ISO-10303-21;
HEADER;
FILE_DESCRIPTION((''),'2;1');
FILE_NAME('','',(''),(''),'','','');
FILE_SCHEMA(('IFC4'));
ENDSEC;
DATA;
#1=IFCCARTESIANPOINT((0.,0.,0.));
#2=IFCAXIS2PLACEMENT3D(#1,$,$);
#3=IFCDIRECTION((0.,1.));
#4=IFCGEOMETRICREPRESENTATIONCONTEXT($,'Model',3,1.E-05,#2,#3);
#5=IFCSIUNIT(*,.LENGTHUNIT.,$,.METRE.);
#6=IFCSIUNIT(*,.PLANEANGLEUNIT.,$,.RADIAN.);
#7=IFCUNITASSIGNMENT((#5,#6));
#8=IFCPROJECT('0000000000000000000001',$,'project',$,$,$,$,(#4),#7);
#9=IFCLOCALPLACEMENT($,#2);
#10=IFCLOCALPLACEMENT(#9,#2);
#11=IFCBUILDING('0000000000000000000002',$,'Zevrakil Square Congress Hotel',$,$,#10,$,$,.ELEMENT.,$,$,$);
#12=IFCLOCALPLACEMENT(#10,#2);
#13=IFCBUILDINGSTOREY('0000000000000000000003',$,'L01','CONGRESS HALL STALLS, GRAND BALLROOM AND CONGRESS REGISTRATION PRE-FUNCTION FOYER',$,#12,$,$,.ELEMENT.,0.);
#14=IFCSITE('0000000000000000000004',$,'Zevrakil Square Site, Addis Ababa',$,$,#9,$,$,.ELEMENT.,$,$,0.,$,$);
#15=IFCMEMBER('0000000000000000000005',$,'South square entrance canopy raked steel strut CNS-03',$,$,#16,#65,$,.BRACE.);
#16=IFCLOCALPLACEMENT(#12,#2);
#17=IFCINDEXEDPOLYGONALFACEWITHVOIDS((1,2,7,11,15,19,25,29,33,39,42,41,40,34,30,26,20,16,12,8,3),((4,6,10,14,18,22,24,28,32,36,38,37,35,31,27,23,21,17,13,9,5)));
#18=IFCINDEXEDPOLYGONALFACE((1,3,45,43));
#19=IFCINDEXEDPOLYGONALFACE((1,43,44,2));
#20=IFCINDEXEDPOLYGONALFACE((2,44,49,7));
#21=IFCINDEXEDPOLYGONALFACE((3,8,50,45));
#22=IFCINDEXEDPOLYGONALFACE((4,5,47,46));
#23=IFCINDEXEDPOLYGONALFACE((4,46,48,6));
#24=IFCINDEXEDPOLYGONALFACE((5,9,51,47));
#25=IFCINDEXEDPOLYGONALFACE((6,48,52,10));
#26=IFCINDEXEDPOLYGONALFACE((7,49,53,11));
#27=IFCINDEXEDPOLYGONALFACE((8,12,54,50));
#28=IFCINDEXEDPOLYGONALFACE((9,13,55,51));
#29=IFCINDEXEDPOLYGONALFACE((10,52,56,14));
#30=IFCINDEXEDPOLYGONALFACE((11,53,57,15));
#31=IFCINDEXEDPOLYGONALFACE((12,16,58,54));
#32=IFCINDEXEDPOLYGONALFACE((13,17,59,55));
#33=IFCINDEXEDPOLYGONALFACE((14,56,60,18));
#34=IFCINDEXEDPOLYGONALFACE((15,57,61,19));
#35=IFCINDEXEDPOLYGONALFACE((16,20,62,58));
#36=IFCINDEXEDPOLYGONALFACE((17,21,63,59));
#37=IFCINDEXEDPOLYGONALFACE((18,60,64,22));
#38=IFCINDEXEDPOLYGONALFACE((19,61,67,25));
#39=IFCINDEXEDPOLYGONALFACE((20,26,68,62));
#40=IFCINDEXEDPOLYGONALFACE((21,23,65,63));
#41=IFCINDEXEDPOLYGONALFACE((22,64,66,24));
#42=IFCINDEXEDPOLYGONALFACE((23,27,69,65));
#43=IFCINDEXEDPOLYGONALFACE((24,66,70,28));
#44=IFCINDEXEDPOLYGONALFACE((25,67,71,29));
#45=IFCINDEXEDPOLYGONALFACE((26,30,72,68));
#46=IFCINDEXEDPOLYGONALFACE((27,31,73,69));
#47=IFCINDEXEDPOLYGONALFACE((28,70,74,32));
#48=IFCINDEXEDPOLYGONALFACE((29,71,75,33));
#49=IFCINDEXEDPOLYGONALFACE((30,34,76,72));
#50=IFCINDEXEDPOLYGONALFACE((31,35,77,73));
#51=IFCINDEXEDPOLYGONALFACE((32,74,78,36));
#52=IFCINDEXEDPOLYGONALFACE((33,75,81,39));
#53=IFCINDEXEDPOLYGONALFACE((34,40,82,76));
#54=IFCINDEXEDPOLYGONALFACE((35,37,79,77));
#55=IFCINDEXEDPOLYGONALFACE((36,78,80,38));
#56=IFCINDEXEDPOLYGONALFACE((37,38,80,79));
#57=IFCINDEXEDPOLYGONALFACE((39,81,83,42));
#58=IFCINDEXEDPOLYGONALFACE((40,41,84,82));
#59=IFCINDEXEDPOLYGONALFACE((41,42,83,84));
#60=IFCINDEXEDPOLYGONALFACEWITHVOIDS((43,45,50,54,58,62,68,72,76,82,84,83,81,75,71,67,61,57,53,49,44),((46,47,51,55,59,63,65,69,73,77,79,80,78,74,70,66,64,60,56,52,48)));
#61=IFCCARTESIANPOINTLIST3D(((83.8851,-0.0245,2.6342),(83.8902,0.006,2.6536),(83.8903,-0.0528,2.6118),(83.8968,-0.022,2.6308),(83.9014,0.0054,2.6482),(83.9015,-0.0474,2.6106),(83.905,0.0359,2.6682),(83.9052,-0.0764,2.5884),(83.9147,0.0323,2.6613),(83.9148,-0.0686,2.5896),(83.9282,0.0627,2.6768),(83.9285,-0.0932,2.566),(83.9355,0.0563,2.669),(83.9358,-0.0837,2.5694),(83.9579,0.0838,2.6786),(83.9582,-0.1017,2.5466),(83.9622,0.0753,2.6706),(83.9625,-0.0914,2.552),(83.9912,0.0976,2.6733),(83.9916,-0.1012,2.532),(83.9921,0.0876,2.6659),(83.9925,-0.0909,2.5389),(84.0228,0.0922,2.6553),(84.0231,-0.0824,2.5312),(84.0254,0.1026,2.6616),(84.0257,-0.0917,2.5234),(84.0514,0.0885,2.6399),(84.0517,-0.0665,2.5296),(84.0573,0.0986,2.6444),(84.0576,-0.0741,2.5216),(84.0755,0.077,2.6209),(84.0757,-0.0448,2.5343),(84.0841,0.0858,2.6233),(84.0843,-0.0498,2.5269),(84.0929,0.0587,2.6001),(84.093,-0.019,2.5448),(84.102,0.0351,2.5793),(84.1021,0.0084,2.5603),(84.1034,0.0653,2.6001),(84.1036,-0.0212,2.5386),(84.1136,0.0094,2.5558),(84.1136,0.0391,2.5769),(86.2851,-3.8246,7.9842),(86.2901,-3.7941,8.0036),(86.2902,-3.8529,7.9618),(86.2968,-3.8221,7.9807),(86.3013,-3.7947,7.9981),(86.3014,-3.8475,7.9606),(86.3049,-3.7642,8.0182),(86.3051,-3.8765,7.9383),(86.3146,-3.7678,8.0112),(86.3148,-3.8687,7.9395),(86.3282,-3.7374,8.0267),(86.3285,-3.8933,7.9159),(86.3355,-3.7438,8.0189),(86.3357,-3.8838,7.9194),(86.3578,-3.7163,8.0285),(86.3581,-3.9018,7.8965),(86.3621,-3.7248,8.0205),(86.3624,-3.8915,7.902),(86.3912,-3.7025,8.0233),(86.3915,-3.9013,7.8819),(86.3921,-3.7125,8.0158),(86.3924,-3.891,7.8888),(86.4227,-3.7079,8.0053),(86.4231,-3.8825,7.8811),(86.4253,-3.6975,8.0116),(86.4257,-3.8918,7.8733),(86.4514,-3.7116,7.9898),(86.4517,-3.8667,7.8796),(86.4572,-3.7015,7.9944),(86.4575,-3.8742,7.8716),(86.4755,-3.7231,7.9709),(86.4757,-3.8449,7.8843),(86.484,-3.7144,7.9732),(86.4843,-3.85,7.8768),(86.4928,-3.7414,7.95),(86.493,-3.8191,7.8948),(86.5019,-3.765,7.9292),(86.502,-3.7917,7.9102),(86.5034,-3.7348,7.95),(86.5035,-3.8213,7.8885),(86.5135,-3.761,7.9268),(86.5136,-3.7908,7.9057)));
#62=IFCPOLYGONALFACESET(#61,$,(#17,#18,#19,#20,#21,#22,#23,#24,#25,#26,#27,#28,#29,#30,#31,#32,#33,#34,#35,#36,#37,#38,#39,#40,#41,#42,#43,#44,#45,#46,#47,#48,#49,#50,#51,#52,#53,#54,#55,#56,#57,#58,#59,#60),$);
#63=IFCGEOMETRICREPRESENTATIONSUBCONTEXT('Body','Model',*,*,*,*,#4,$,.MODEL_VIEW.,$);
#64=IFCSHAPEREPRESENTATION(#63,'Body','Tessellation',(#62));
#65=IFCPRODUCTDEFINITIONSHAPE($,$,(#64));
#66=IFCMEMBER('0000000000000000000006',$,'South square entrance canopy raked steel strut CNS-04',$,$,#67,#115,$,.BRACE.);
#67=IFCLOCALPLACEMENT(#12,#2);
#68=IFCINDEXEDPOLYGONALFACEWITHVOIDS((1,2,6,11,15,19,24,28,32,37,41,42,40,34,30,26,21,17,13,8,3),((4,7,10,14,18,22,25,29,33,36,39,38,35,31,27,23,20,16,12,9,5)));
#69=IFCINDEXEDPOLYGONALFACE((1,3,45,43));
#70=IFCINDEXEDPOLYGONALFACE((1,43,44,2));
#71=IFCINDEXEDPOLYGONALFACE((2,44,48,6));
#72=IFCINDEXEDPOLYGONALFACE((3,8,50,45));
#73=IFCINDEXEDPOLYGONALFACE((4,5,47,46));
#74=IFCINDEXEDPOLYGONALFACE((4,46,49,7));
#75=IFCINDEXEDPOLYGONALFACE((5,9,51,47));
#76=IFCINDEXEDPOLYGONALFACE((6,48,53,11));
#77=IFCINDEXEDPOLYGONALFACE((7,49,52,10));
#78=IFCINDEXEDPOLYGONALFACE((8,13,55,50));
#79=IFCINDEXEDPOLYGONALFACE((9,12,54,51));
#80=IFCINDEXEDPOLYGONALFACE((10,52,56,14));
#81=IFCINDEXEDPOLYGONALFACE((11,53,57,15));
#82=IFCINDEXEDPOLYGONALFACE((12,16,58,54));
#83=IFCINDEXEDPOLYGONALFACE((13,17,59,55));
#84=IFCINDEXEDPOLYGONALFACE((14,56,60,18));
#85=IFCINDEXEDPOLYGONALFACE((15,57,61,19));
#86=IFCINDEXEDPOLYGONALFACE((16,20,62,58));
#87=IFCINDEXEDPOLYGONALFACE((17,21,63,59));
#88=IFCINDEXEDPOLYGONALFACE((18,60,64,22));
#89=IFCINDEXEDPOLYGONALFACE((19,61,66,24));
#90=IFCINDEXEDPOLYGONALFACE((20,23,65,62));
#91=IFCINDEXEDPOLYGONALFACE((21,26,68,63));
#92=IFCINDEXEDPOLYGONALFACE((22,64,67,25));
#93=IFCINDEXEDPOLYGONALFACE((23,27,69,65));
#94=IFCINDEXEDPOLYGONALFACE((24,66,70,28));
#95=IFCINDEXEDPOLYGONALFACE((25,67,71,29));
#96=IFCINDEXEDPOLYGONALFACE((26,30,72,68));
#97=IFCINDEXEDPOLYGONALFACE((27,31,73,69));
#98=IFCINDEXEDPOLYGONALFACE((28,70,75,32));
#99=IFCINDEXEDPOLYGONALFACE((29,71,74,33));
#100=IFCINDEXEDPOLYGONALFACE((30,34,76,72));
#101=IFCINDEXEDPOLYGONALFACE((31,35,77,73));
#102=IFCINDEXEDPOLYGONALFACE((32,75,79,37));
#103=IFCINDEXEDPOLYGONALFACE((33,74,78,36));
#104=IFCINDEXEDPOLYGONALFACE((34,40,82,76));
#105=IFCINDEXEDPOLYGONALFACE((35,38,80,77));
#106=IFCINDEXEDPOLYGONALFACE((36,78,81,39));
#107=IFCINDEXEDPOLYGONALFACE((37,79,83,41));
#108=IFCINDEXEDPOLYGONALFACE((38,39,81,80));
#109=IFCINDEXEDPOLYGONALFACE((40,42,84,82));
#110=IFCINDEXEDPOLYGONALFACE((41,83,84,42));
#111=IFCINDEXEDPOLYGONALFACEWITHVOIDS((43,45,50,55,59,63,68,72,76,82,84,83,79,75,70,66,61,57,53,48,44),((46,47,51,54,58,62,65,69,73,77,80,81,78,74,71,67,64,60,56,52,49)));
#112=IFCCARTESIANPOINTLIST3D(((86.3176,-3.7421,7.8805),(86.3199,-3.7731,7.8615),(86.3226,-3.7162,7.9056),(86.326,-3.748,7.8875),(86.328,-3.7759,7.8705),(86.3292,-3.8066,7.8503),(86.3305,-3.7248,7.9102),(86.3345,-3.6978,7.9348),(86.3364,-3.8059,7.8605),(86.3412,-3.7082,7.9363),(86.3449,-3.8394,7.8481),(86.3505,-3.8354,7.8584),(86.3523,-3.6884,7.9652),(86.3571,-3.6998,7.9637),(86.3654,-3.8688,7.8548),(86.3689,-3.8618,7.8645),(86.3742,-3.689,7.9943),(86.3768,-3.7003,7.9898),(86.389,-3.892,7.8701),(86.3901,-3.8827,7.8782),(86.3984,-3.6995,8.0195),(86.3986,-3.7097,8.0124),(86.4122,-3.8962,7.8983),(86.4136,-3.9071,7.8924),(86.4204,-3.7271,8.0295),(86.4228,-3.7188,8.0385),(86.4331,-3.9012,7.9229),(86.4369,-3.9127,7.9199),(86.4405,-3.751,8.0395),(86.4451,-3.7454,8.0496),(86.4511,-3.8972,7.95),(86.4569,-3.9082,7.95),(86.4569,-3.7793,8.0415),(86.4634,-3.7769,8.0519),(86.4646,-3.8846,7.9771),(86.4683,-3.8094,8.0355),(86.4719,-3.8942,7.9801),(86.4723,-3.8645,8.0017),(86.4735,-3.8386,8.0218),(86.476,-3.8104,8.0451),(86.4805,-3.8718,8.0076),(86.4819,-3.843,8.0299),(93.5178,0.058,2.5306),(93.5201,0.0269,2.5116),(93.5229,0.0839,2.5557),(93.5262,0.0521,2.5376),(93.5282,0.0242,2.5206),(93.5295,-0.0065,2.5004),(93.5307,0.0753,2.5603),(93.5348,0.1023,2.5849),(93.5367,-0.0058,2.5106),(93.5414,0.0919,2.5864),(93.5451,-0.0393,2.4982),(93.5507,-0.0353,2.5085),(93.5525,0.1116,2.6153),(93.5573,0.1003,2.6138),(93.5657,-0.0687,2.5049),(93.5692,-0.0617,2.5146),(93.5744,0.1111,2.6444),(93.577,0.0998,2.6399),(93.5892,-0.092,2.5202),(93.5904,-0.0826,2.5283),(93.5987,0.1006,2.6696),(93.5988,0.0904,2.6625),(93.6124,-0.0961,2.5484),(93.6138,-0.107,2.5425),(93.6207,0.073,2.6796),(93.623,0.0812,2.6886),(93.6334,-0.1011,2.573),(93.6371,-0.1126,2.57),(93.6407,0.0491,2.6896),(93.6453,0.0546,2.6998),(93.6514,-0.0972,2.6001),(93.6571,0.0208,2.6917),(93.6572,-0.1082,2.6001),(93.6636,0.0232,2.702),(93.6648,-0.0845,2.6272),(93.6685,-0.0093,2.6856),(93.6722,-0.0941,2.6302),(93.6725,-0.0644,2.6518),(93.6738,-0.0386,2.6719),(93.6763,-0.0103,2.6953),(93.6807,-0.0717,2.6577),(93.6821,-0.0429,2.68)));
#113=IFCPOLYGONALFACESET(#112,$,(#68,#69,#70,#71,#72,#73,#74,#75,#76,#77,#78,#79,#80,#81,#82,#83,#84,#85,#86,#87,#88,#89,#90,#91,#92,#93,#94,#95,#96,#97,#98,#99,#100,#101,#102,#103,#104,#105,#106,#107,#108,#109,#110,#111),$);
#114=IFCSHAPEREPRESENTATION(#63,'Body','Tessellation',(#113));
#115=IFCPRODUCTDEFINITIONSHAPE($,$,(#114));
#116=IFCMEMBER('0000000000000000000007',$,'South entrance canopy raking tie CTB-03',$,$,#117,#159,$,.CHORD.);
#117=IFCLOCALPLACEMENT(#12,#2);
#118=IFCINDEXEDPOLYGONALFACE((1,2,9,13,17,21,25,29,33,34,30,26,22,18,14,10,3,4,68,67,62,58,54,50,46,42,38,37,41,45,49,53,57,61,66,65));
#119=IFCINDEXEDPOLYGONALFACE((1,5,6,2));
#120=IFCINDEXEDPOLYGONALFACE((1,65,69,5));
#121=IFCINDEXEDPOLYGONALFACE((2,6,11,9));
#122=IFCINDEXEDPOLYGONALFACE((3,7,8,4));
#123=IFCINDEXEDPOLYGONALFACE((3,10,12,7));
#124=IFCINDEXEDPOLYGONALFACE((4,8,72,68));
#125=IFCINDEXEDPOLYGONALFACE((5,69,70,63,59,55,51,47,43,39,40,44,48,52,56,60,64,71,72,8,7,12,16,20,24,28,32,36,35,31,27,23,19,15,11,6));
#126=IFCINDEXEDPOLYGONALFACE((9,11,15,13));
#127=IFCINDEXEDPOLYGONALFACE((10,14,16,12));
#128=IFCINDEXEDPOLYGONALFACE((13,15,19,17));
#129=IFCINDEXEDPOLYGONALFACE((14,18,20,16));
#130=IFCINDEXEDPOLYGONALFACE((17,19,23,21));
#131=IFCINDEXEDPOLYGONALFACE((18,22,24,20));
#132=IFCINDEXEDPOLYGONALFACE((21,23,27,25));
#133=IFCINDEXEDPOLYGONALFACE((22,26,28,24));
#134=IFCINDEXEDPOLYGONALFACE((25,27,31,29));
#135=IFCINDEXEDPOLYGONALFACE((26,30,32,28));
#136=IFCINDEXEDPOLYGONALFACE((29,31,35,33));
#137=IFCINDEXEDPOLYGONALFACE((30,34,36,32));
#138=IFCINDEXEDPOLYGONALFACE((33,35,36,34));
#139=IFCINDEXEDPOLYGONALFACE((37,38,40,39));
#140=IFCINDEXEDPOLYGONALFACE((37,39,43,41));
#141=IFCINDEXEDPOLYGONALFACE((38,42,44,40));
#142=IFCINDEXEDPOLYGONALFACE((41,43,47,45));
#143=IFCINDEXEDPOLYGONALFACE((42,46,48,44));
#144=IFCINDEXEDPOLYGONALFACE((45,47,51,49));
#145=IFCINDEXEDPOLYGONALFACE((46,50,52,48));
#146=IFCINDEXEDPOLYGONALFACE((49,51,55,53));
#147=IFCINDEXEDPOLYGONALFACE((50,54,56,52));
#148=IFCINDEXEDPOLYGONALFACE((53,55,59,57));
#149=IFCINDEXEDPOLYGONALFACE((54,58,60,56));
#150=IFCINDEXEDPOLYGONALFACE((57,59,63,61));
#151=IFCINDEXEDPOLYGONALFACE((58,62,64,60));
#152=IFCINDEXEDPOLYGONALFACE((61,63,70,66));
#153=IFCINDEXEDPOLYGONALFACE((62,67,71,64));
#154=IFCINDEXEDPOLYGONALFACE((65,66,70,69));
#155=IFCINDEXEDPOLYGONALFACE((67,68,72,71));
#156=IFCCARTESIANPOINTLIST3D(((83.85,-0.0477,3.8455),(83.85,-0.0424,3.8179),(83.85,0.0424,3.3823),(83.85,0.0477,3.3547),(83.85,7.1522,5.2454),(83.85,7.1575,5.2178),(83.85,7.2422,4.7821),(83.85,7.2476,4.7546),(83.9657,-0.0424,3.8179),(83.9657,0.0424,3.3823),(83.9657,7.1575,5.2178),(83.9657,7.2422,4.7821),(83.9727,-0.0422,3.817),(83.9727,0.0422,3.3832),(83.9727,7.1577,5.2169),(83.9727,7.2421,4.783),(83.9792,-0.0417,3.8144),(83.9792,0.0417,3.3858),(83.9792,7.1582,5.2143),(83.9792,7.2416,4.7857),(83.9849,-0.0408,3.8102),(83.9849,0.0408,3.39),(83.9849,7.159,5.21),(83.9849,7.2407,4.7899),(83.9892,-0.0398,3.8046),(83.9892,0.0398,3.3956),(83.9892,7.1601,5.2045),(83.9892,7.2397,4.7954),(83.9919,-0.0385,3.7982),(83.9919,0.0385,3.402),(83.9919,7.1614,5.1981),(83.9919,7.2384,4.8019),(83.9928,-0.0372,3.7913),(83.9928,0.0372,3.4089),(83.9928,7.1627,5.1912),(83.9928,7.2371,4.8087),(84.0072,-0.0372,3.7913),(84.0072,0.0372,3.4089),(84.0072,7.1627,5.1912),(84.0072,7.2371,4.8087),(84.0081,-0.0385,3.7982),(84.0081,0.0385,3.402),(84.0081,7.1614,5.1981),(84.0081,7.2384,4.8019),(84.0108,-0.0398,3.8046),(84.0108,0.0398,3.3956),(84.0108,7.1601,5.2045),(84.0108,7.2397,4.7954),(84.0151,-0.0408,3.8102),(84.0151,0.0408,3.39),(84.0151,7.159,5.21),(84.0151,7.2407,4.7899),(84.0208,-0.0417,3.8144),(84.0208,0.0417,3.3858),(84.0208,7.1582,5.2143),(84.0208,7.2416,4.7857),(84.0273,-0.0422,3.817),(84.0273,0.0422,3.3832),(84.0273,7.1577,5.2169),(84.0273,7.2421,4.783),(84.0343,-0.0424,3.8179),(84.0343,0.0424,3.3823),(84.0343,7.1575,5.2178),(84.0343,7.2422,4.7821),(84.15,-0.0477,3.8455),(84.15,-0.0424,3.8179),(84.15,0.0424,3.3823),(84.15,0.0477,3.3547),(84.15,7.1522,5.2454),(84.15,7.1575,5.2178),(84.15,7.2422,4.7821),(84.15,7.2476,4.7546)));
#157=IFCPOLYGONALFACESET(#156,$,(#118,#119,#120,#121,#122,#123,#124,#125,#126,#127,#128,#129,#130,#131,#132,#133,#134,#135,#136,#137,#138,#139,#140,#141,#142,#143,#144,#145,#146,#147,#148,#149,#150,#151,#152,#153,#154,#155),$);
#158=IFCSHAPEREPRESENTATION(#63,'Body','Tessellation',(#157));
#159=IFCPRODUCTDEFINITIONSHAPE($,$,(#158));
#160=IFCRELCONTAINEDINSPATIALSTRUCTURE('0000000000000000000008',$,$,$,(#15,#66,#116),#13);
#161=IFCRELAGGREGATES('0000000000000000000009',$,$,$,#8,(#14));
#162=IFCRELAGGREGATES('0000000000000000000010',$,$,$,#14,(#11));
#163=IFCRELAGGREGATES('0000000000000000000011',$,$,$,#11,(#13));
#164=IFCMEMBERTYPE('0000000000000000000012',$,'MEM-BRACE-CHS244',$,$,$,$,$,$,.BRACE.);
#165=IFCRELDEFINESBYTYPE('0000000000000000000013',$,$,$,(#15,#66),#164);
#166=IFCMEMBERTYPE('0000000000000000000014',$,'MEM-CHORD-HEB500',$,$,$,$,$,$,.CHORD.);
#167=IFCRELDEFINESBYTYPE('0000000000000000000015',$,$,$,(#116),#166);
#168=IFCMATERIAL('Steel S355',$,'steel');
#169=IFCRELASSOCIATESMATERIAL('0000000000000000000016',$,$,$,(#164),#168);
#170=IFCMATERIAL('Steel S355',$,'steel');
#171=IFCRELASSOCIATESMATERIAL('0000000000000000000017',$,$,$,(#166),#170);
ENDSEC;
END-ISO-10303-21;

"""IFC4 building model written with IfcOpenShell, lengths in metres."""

from ifc_helpers import new_model, si_unit, direction, frame, origin, origin_2d, place, context, subcontext, project, spatial, hollow_circle, i_section, extrude, material, material_profile, profile_set, type_object, element, save


model = new_model("IFC4")

# Units and contexts
model_context = context("Model", 3, precision=1e-05, world=origin(), true_north=direction((0.0, 1.0)))
body_context = subcontext(model_context, "Body", "Model", "MODEL_VIEW")
ifc_project = project(units=[si_unit("LENGTHUNIT", "METRE"), si_unit("PLANEANGLEUNIT", "RADIAN")], contexts=[model_context])

# Site, building, storey
site_placement = place(None, origin())
site = spatial("IfcSite", under=ifc_project, at=site_placement, Name="Zevrakil Square Site, Addis Ababa", CompositionType="ELEMENT", RefElevation=0.0)
building_placement = place(site_placement, origin())
building = spatial("IfcBuilding", under=site, at=building_placement, Name="Zevrakil Square Congress Hotel", CompositionType="ELEMENT")
storey_placement = place(building_placement, origin())
storey = spatial("IfcBuildingStorey", under=building, at=storey_placement, Name="L01", Description="CONGRESS HALL STALLS, GRAND BALLROOM AND CONGRESS REGISTRATION PRE-FUNCTION FOYER", CompositionType="ELEMENT", Elevation=0.0)

# Members
ifc_material_1 = material(Name="Steel S355", Category="steel")
ifc_material_profile_1 = material_profile(ifc_material_1, hollow_circle(Radius=0.1223, WallThickness=0.0125, at=origin_2d()), Name="CHS 244.5x12.5")
ifc_profile_set_1 = profile_set([ifc_material_profile_1], Name="Steel S355")
member_type_1 = type_object("IfcMemberType", Name="MEM-BRACE-CHS244", PredefinedType="BRACE", material=ifc_profile_set_1)
member_1_placement = place(storey_placement, frame((84.0, 0.0, 2.6001), z_axis=(0.343472, -0.543859, 0.765666), x_axis=(0.845502, 0.533973, 0.0)))
element("IfcMember", 1, at=member_1_placement, inside=storey, type_object=member_type_1, Name="South square entrance canopy raked steel strut CNS-03", PredefinedType="BRACE", context=body_context, shape_type="SweptSolid", body=[
    extrude(hollow_circle(Radius=0.1223, WallThickness=0.0125, at=origin_2d()), origin(), (0.0, 0.0, 1.0), 6.9873),
])
member_2_placement = place(storey_placement, frame((93.6001, 0.0, 2.6001), z_axis=(-0.739098, -0.390074, 0.549161), x_axis=(0.466753, -0.884388, 0.0)))
element("IfcMember", 2, at=member_2_placement, inside=storey, type_object=member_type_1, Name="South square entrance canopy raked steel strut CNS-04", PredefinedType="BRACE", context=body_context, shape_type="SweptSolid", body=[
    extrude(hollow_circle(Radius=0.1223, WallThickness=0.0125, at=origin_2d()), origin(), (0.0, 0.0, 1.0), 9.7419),
])
ifc_material_2 = material(Name="Steel S355", Category="steel")
ifc_material_profile_2 = material_profile(ifc_material_2, i_section(OverallWidth=0.3, OverallDepth=0.5, WebThickness=0.0144, FlangeThickness=0.0281, FilletRadius=0.0271, at=origin_2d()), Name="HEB 500")
ifc_profile_set_2 = profile_set([ifc_material_profile_2], Name="Steel S355")
member_type_2 = type_object("IfcMemberType", Name="MEM-CHORD-HEB500", PredefinedType="CHORD", material=ifc_profile_set_2)
for number, where, z_axis, x_axis, name in (
    (3, (84.0, 0.0, 3.6001), (0.0, 0.981618, 0.190858), (-1.0, 0.0, 0.0), "South entrance canopy raking tie CTB-03"),
):
    element("IfcMember", number, at=place(storey_placement, frame(where, z_axis=z_axis, x_axis=x_axis)), inside=storey, type_object=member_type_2, Name=name, PredefinedType="CHORD", context=body_context, shape_type="SweptSolid", body=[
        extrude(i_section(OverallWidth=0.3, OverallDepth=0.5, WebThickness=0.0144, FlangeThickness=0.0281, FilletRadius=0.0271, at=origin_2d()), origin(), (0.0, 0.0, 1.0), 7.3347),
    ])

save(model, "model.ifc")
